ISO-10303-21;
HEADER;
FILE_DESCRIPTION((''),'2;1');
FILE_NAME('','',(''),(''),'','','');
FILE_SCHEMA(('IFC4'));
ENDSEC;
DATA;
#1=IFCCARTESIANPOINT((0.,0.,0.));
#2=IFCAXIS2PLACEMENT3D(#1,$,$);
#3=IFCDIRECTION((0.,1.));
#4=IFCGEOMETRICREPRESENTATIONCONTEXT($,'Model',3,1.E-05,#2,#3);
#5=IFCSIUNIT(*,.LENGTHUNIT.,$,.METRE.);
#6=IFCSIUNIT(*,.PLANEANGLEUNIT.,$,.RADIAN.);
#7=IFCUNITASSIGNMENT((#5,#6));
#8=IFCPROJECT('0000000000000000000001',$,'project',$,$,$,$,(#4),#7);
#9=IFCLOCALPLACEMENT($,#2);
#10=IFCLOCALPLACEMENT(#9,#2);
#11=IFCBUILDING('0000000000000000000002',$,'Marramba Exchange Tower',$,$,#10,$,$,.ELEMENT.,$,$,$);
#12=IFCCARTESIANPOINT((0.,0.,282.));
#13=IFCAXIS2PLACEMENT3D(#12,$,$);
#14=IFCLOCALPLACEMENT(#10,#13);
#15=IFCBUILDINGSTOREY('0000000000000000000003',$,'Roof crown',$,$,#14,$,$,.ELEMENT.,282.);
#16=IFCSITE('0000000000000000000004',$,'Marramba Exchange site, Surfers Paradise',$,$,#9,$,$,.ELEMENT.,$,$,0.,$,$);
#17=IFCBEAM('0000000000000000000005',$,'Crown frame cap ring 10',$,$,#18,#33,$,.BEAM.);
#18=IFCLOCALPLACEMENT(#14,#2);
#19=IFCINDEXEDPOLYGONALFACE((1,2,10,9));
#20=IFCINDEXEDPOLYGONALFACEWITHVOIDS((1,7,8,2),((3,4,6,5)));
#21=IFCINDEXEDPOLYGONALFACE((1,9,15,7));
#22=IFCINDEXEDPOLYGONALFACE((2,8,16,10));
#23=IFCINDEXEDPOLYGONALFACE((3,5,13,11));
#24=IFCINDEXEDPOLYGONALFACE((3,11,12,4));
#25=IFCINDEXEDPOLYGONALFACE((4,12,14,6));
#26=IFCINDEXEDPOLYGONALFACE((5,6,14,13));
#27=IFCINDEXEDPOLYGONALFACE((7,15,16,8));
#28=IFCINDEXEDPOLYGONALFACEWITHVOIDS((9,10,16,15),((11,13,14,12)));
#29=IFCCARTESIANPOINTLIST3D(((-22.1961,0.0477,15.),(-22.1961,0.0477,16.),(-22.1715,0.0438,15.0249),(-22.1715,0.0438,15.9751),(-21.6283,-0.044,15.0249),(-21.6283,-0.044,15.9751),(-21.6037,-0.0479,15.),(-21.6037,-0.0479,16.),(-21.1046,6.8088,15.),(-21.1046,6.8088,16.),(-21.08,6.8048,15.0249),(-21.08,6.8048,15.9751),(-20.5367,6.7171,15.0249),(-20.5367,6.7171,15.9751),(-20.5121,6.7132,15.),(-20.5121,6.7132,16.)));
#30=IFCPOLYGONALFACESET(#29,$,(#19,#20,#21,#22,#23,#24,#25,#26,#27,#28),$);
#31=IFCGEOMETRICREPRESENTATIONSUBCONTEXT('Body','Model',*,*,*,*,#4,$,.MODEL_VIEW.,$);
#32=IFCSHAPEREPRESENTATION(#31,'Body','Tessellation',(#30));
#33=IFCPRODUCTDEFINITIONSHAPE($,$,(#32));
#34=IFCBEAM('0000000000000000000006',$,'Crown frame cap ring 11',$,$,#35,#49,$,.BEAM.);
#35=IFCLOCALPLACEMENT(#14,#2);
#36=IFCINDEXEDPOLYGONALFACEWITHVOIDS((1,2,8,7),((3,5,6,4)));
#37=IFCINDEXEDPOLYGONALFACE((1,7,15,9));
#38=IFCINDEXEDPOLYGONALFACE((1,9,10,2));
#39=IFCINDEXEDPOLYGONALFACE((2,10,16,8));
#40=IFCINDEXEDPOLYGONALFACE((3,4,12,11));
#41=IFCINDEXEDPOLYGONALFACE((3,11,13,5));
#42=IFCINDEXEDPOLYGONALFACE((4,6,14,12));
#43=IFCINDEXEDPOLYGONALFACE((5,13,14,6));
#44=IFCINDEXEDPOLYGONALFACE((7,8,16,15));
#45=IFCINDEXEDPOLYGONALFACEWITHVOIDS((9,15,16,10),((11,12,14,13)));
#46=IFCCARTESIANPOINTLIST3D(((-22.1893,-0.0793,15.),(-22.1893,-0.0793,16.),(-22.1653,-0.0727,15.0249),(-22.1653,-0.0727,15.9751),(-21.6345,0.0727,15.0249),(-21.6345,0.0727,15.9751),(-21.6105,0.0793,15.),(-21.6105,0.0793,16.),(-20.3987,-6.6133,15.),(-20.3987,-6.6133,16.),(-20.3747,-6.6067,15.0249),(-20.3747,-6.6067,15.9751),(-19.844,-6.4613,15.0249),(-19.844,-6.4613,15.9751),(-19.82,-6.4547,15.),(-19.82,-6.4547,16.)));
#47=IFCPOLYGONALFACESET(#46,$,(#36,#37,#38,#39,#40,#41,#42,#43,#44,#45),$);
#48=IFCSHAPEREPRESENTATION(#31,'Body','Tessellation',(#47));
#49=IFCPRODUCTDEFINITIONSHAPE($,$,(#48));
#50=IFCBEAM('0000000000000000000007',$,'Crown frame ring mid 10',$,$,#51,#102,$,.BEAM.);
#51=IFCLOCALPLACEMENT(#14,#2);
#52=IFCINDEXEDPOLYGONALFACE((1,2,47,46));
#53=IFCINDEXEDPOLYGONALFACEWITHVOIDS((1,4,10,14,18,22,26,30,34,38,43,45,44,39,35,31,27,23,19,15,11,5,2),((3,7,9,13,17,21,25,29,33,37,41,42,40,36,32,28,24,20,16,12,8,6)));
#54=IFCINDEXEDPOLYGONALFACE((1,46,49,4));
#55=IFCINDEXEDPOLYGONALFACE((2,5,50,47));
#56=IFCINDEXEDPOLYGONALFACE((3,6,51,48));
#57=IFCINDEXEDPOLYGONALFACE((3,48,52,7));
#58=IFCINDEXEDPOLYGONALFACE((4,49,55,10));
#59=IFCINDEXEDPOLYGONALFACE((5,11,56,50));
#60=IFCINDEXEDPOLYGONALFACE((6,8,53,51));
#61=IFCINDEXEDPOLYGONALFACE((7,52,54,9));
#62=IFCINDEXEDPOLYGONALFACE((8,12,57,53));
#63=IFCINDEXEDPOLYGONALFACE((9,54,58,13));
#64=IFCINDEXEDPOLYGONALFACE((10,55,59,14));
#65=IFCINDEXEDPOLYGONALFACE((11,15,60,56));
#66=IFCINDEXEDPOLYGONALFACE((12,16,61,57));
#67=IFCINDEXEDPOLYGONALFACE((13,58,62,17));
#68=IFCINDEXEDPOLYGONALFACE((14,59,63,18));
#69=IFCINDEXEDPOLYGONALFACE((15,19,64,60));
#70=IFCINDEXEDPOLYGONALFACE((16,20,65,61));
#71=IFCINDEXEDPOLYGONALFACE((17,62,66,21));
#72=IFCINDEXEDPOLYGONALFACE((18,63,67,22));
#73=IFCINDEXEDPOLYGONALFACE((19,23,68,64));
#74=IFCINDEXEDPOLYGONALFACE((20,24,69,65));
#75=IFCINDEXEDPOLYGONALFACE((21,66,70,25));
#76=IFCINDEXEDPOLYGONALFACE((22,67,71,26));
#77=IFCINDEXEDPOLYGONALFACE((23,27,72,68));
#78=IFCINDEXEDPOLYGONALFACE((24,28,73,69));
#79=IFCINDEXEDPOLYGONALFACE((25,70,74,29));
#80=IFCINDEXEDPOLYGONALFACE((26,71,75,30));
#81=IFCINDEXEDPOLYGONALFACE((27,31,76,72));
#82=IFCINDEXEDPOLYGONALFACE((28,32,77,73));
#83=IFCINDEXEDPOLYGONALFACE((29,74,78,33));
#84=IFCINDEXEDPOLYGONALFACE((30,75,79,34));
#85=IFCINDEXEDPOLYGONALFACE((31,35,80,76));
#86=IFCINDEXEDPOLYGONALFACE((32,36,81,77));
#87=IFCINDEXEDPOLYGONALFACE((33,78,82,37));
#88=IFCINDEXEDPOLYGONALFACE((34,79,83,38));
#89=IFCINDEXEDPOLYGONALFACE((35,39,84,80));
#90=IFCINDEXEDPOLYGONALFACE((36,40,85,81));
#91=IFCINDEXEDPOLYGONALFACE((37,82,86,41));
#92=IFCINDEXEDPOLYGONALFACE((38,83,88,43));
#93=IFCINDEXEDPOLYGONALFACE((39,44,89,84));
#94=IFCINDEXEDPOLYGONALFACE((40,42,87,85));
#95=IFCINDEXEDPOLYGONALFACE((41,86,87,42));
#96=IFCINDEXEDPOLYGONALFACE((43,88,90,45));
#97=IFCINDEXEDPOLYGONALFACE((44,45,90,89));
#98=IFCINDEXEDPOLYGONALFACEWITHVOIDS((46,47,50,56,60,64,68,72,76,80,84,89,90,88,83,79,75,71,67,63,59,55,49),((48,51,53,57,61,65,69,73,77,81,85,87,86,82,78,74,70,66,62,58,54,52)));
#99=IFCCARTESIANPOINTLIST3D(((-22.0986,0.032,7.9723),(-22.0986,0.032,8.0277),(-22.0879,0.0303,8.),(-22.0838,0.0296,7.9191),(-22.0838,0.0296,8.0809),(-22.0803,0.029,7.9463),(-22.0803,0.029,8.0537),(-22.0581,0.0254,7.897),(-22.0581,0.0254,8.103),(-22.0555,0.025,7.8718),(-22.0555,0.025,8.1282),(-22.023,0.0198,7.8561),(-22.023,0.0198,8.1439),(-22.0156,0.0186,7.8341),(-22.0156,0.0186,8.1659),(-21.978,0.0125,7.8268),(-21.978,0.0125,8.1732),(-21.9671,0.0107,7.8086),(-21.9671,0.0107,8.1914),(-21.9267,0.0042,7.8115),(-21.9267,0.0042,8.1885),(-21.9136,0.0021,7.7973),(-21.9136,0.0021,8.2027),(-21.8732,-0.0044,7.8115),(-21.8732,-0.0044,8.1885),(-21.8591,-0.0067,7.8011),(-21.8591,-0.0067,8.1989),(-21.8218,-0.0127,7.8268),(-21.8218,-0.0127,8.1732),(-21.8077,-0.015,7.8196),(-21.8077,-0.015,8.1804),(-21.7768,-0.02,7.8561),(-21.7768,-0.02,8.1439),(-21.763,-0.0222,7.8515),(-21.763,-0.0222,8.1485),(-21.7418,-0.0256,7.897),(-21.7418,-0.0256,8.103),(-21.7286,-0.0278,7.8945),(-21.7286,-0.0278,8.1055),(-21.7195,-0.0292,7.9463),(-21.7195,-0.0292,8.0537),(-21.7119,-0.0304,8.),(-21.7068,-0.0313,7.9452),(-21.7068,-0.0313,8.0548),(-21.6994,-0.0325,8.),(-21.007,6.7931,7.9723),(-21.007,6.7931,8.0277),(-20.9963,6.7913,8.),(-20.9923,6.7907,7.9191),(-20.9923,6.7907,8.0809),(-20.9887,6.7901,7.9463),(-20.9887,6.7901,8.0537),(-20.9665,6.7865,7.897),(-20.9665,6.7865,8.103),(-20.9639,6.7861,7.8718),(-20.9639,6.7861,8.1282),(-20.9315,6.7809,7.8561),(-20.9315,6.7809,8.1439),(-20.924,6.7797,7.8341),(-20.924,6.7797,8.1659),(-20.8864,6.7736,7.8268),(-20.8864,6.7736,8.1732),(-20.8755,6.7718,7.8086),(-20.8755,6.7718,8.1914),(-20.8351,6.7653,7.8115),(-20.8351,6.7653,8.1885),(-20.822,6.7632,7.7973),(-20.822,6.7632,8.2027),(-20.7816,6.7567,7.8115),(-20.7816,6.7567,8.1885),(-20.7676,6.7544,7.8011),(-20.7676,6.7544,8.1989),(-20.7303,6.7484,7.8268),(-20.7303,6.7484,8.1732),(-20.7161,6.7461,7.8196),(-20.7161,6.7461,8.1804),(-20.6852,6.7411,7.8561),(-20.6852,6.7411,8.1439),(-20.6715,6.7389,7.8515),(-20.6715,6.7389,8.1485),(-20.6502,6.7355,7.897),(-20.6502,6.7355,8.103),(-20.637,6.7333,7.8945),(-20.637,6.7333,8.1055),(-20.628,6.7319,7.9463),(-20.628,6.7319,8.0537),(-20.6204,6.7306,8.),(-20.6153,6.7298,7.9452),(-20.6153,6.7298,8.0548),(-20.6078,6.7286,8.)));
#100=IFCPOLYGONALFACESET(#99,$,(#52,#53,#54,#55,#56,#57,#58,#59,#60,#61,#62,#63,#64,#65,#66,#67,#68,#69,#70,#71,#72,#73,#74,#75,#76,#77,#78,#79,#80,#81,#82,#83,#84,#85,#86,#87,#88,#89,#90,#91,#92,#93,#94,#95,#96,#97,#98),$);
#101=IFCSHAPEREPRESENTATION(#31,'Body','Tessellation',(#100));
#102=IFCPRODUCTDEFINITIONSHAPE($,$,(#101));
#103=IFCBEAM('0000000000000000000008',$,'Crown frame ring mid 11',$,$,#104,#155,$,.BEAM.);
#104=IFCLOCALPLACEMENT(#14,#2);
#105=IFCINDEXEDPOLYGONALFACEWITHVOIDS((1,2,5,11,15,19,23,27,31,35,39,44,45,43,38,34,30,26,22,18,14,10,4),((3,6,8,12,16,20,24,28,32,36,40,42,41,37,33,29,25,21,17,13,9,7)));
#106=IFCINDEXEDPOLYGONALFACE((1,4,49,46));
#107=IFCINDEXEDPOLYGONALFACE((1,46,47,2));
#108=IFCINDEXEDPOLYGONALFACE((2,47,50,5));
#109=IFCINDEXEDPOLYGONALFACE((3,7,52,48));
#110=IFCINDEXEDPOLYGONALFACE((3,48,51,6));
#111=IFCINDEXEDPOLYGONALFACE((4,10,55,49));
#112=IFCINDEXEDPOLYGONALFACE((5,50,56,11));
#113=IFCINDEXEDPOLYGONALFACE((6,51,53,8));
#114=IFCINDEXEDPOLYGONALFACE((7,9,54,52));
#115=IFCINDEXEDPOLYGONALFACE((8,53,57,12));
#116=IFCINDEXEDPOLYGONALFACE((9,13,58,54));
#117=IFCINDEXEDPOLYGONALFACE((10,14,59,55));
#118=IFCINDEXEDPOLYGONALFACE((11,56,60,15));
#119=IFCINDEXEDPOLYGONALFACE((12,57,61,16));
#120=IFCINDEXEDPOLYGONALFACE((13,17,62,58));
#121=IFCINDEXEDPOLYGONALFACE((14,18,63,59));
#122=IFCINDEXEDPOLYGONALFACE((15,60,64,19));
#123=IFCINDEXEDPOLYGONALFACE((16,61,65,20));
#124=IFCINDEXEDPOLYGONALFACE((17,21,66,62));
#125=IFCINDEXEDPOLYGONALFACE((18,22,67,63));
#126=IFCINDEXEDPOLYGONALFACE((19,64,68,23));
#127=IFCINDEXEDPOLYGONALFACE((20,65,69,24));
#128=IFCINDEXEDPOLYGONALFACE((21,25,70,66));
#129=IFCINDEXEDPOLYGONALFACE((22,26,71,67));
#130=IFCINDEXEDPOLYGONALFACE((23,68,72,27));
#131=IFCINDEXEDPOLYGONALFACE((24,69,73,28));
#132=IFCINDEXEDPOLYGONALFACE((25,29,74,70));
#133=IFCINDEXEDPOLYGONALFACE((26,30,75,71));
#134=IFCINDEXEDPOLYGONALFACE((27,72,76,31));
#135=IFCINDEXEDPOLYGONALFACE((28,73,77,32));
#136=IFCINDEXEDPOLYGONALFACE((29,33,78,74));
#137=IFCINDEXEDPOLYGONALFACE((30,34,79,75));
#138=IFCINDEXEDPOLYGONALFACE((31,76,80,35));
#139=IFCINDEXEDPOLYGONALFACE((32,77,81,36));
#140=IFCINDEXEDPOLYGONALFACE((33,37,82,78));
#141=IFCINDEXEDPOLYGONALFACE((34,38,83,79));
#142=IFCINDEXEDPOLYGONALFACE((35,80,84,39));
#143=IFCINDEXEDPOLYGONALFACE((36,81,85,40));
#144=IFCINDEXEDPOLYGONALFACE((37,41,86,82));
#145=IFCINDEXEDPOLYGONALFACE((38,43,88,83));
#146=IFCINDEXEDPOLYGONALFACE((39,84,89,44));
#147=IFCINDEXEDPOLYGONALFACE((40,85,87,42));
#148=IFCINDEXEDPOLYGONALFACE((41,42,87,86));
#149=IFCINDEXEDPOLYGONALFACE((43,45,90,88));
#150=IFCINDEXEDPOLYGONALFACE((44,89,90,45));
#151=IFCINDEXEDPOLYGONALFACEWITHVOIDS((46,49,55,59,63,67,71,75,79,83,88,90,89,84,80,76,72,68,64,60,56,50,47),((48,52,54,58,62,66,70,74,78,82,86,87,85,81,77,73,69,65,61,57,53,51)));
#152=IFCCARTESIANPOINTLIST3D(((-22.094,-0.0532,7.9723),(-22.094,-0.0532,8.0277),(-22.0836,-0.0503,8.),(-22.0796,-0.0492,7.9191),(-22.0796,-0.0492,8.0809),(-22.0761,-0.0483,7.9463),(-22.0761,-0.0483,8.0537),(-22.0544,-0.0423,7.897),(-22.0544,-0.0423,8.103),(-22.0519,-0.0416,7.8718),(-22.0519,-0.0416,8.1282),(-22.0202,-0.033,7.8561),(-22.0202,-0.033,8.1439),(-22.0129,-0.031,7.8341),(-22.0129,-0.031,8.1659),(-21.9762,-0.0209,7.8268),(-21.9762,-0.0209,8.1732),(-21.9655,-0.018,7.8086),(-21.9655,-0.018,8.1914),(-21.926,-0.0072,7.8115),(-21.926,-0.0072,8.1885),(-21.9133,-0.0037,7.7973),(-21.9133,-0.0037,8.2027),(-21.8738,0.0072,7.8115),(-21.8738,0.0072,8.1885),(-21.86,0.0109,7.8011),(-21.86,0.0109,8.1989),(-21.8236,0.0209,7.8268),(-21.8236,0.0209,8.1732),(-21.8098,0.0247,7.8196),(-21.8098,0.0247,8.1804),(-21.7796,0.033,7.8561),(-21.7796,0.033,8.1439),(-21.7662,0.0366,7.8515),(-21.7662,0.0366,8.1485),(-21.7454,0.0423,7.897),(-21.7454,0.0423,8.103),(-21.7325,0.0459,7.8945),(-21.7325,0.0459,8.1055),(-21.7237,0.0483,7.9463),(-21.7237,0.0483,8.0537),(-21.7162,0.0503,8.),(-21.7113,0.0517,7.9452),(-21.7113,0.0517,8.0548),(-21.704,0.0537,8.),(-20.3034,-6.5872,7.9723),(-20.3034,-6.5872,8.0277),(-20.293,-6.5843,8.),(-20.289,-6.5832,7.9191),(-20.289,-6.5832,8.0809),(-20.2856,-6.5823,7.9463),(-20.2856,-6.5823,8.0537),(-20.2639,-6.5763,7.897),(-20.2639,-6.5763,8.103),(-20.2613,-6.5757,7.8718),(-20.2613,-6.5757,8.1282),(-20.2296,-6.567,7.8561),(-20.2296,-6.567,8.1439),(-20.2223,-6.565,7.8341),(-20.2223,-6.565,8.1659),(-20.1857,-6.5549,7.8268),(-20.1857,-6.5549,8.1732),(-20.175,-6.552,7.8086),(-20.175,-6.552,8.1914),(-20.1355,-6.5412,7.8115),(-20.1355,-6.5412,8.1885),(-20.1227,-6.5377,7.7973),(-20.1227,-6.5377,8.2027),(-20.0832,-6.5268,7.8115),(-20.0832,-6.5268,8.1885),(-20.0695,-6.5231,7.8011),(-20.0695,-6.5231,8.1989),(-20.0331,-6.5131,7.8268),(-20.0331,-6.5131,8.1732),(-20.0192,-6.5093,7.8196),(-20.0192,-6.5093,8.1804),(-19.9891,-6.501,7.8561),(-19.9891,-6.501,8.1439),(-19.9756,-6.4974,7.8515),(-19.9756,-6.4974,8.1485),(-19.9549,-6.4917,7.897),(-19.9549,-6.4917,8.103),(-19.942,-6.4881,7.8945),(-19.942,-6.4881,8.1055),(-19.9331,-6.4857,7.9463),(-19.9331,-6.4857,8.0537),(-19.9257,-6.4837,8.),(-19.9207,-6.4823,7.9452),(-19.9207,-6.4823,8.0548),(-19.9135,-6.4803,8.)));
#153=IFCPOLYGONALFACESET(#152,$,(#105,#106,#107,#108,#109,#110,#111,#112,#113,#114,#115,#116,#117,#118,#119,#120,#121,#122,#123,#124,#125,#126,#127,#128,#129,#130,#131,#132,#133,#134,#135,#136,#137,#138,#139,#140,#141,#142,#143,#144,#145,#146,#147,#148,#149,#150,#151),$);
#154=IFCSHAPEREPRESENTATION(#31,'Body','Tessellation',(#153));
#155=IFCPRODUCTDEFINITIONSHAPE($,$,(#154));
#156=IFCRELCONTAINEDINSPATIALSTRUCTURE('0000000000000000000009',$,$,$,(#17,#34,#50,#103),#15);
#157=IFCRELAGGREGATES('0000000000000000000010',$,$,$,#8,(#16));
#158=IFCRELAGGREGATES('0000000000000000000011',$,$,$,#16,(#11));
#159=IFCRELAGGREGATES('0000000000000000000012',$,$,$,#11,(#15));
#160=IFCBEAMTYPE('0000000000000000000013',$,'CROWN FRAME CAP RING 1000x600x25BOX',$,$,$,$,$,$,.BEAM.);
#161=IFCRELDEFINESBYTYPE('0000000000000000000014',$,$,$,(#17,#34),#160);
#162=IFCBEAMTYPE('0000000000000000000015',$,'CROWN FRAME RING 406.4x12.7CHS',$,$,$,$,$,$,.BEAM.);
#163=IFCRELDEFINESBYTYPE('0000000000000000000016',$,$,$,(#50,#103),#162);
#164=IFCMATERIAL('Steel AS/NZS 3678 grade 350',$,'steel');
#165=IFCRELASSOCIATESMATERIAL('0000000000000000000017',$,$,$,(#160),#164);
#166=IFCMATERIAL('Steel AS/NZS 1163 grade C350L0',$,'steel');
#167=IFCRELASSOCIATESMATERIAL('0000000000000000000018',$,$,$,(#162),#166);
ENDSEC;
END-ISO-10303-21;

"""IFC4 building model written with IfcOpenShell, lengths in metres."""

from ifc_helpers import new_model, si_unit, direction, frame, origin, origin_2d, place, context, subcontext, project, spatial, hollow_rectangle, hollow_circle, extrude, material, material_profile, profile_set, type_object, element, save


model = new_model("IFC4")

# Units and contexts
model_context = context("Model", 3, precision=1e-05, world=origin(), true_north=direction((0.0, 1.0)))
body_context = subcontext(model_context, "Body", "Model", "MODEL_VIEW")
ifc_project = project(units=[si_unit("LENGTHUNIT", "METRE"), si_unit("PLANEANGLEUNIT", "RADIAN")], contexts=[model_context])

# Site, building, storey
site_placement = place(None, origin())
site = spatial("IfcSite", under=ifc_project, at=site_placement, Name="Marramba Exchange site, Surfers Paradise", CompositionType="ELEMENT", RefElevation=0.0)
building_placement = place(site_placement, origin())
building = spatial("IfcBuilding", under=site, at=building_placement, Name="Marramba Exchange Tower", CompositionType="ELEMENT")
storey_placement = place(building_placement, frame((0.0, 0.0, 282.0)))
storey = spatial("IfcBuildingStorey", under=building, at=storey_placement, Name="Roof crown", CompositionType="ELEMENT", Elevation=282.0)

# Beams
ifc_material_1 = material(Name="Steel AS/NZS 3678 grade 350", Category="steel")
ifc_material_profile_1 = material_profile(ifc_material_1, hollow_rectangle(XDim=0.6001, YDim=1.0, WallThickness=0.0249, at=origin_2d()), Name="1000x600x25BOX")
ifc_profile_set_1 = profile_set([ifc_material_profile_1], Name="Steel AS/NZS 3678 grade 350")
beam_type_1 = type_object("IfcBeamType", Name="CROWN FRAME CAP RING 1000x600x25BOX", PredefinedType="BEAM", material=ifc_profile_set_1)
beam_1_placement = place(storey_placement, frame((-20.8083, 6.761, 15.5), z_axis=(-0.159385, -0.987217, 0.0), x_axis=(0.987217, -0.159385, 0.0)))
element("IfcBeam", 1, at=beam_1_placement, inside=storey, type_object=beam_type_1, Name="Crown frame cap ring 10", PredefinedType="BEAM", context=body_context, shape_type="SweptSolid", body=[
    extrude(hollow_rectangle(XDim=0.6001, YDim=1.0, WallThickness=0.0249, at=origin_2d()), origin(), (0.0, 0.0, 1.0), 6.8486),
])
beam_2_placement = place(storey_placement, frame((-21.8999, 0.0, 15.5), z_axis=(0.264291, -0.964443, 0.0), x_axis=(0.964443, 0.264291, 0.0)))
element("IfcBeam", 2, at=beam_2_placement, inside=storey, type_object=beam_type_1, Name="Crown frame cap ring 11", PredefinedType="BEAM", context=body_context, shape_type="SweptSolid", body=[
    extrude(hollow_rectangle(XDim=0.6001, YDim=1.0, WallThickness=0.0249, at=origin_2d()), origin(), (0.0, 0.0, 1.0), 6.7749),
])
ifc_material_2 = material(Name="Steel AS/NZS 1163 grade C350L0", Category="steel")
ifc_material_profile_2 = material_profile(ifc_material_2, hollow_circle(Radius=0.2031, WallThickness=0.0127, at=origin_2d()), Name="406.4x12.7CHS")
ifc_profile_set_2 = profile_set([ifc_material_profile_2], Name="Steel AS/NZS 1163 grade C350L0")
beam_type_2 = type_object("IfcBeamType", Name="CROWN FRAME RING 406.4x12.7CHS", PredefinedType="BEAM", material=ifc_profile_set_2)
beam_3_placement = place(storey_placement, frame((-20.8083, 6.761, 8.0), z_axis=(-0.159385, -0.987217, 0.0), x_axis=(0.987217, -0.159385, 0.0)))
element("IfcBeam", 3, at=beam_3_placement, inside=storey, type_object=beam_type_2, Name="Crown frame ring mid 10", PredefinedType="BEAM", context=body_context, shape_type="SweptSolid", body=[
    extrude(hollow_circle(Radius=0.2031, WallThickness=0.0127, at=origin_2d()), origin(), (0.0, 0.0, 1.0), 6.8486),
])
beam_4_placement = place(storey_placement, frame((-21.8999, 0.0, 8.0), z_axis=(0.264291, -0.964443, 0.0), x_axis=(0.964443, 0.264291, 0.0)))
element("IfcBeam", 4, at=beam_4_placement, inside=storey, type_object=beam_type_2, Name="Crown frame ring mid 11", PredefinedType="BEAM", context=body_context, shape_type="SweptSolid", body=[
    extrude(hollow_circle(Radius=0.2031, WallThickness=0.0127, at=origin_2d()), origin(), (0.0, 0.0, 1.0), 6.7749),
])

save(model, "model.ifc")
